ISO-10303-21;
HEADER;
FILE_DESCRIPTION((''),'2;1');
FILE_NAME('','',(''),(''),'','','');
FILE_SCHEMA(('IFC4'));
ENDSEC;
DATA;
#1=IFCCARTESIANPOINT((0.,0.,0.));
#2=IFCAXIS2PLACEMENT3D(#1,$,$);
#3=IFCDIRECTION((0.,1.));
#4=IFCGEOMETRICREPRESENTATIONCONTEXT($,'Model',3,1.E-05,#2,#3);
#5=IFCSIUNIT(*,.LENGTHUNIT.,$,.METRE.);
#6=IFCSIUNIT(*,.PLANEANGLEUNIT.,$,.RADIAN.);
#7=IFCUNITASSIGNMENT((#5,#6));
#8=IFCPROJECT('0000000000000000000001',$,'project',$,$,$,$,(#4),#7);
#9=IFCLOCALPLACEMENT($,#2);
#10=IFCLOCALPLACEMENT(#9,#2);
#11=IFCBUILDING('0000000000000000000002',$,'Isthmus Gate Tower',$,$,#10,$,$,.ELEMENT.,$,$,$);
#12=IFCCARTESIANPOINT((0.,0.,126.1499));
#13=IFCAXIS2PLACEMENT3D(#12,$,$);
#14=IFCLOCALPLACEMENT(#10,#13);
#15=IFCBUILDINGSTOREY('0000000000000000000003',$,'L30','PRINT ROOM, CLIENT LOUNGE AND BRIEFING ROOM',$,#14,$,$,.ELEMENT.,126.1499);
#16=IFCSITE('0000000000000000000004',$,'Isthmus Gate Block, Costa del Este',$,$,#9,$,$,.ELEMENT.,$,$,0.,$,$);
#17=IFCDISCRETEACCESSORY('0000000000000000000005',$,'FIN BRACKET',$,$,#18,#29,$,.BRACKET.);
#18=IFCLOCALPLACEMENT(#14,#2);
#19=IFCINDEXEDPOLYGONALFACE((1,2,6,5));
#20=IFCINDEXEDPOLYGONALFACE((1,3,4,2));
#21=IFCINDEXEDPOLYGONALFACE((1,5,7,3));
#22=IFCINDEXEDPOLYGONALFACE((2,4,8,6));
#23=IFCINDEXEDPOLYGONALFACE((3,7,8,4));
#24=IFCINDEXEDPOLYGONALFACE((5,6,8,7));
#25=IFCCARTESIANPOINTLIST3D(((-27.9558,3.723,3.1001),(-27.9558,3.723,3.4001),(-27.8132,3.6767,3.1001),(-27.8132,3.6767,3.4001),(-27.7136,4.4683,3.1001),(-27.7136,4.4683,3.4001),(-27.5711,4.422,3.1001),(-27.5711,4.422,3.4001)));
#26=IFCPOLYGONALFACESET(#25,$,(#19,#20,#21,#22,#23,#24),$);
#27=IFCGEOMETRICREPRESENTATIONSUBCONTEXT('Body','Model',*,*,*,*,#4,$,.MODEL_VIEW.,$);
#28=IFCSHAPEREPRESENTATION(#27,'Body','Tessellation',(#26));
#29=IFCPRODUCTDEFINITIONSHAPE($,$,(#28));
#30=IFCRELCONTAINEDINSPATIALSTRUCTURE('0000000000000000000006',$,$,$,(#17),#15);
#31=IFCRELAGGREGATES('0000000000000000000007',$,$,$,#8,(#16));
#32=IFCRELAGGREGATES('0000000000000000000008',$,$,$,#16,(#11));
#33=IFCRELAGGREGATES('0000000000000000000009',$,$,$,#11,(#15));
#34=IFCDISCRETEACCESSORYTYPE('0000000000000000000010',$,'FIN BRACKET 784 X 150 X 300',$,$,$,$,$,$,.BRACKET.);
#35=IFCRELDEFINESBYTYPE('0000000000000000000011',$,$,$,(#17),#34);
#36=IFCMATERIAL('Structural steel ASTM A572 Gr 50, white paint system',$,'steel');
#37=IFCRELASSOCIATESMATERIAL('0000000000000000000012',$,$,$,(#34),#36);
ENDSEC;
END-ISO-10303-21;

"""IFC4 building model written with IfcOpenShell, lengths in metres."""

from ifc_helpers import new_model, si_unit, direction, frame, origin, origin_2d, place, context, subcontext, project, spatial, rectangle, extrude, material, type_object, element, save


model = new_model("IFC4")

# Units and contexts
model_context = context("Model", 3, precision=1e-05, world=origin(), true_north=direction((0.0, 1.0)))
body_context = subcontext(model_context, "Body", "Model", "MODEL_VIEW")
ifc_project = project(units=[si_unit("LENGTHUNIT", "METRE"), si_unit("PLANEANGLEUNIT", "RADIAN")], contexts=[model_context])

# Site, building, storey
site_placement = place(None, origin())
site = spatial("IfcSite", under=ifc_project, at=site_placement, Name="Isthmus Gate Block, Costa del Este", CompositionType="ELEMENT", RefElevation=0.0)
building_placement = place(site_placement, origin())
building = spatial("IfcBuilding", under=site, at=building_placement, Name="Isthmus Gate Tower", CompositionType="ELEMENT")
storey_placement = place(building_placement, frame((0.0, 0.0, 126.1499)))
storey = spatial("IfcBuildingStorey", under=building, at=storey_placement, Name="L30", Description="PRINT ROOM, CLIENT LOUNGE AND BRIEFING ROOM", CompositionType="ELEMENT", Elevation=126.1499)

# Discrete accessory
ifc_material_1 = material(Name="Structural steel ASTM A572 Gr 50, white paint system", Category="steel")
discrete_accessory_type = type_object("IfcDiscreteAccessoryType", Name="FIN BRACKET 784 X 150 X 300", PredefinedType="BRACKET", material=ifc_material_1)
for number, where, z_axis, x_axis, name in (
    (1, (-27.7634, 4.0725, 3.1001), (0.0, 0.0, 1.0), (-0.951057, 0.309017, 0.0), "FIN BRACKET"),
):
    element("IfcDiscreteAccessory", number, at=place(storey_placement, frame(where, z_axis=z_axis, x_axis=x_axis)), inside=storey, type_object=discrete_accessory_type, Name=name, PredefinedType="BRACKET", context=body_context, shape_type="SweptSolid", body=[
        extrude(rectangle(XDim=0.1499, YDim=0.7837, at=origin_2d()), origin(), (0.0, 0.0, 1.0), 0.3),
    ])

save(model, "model.ifc")
